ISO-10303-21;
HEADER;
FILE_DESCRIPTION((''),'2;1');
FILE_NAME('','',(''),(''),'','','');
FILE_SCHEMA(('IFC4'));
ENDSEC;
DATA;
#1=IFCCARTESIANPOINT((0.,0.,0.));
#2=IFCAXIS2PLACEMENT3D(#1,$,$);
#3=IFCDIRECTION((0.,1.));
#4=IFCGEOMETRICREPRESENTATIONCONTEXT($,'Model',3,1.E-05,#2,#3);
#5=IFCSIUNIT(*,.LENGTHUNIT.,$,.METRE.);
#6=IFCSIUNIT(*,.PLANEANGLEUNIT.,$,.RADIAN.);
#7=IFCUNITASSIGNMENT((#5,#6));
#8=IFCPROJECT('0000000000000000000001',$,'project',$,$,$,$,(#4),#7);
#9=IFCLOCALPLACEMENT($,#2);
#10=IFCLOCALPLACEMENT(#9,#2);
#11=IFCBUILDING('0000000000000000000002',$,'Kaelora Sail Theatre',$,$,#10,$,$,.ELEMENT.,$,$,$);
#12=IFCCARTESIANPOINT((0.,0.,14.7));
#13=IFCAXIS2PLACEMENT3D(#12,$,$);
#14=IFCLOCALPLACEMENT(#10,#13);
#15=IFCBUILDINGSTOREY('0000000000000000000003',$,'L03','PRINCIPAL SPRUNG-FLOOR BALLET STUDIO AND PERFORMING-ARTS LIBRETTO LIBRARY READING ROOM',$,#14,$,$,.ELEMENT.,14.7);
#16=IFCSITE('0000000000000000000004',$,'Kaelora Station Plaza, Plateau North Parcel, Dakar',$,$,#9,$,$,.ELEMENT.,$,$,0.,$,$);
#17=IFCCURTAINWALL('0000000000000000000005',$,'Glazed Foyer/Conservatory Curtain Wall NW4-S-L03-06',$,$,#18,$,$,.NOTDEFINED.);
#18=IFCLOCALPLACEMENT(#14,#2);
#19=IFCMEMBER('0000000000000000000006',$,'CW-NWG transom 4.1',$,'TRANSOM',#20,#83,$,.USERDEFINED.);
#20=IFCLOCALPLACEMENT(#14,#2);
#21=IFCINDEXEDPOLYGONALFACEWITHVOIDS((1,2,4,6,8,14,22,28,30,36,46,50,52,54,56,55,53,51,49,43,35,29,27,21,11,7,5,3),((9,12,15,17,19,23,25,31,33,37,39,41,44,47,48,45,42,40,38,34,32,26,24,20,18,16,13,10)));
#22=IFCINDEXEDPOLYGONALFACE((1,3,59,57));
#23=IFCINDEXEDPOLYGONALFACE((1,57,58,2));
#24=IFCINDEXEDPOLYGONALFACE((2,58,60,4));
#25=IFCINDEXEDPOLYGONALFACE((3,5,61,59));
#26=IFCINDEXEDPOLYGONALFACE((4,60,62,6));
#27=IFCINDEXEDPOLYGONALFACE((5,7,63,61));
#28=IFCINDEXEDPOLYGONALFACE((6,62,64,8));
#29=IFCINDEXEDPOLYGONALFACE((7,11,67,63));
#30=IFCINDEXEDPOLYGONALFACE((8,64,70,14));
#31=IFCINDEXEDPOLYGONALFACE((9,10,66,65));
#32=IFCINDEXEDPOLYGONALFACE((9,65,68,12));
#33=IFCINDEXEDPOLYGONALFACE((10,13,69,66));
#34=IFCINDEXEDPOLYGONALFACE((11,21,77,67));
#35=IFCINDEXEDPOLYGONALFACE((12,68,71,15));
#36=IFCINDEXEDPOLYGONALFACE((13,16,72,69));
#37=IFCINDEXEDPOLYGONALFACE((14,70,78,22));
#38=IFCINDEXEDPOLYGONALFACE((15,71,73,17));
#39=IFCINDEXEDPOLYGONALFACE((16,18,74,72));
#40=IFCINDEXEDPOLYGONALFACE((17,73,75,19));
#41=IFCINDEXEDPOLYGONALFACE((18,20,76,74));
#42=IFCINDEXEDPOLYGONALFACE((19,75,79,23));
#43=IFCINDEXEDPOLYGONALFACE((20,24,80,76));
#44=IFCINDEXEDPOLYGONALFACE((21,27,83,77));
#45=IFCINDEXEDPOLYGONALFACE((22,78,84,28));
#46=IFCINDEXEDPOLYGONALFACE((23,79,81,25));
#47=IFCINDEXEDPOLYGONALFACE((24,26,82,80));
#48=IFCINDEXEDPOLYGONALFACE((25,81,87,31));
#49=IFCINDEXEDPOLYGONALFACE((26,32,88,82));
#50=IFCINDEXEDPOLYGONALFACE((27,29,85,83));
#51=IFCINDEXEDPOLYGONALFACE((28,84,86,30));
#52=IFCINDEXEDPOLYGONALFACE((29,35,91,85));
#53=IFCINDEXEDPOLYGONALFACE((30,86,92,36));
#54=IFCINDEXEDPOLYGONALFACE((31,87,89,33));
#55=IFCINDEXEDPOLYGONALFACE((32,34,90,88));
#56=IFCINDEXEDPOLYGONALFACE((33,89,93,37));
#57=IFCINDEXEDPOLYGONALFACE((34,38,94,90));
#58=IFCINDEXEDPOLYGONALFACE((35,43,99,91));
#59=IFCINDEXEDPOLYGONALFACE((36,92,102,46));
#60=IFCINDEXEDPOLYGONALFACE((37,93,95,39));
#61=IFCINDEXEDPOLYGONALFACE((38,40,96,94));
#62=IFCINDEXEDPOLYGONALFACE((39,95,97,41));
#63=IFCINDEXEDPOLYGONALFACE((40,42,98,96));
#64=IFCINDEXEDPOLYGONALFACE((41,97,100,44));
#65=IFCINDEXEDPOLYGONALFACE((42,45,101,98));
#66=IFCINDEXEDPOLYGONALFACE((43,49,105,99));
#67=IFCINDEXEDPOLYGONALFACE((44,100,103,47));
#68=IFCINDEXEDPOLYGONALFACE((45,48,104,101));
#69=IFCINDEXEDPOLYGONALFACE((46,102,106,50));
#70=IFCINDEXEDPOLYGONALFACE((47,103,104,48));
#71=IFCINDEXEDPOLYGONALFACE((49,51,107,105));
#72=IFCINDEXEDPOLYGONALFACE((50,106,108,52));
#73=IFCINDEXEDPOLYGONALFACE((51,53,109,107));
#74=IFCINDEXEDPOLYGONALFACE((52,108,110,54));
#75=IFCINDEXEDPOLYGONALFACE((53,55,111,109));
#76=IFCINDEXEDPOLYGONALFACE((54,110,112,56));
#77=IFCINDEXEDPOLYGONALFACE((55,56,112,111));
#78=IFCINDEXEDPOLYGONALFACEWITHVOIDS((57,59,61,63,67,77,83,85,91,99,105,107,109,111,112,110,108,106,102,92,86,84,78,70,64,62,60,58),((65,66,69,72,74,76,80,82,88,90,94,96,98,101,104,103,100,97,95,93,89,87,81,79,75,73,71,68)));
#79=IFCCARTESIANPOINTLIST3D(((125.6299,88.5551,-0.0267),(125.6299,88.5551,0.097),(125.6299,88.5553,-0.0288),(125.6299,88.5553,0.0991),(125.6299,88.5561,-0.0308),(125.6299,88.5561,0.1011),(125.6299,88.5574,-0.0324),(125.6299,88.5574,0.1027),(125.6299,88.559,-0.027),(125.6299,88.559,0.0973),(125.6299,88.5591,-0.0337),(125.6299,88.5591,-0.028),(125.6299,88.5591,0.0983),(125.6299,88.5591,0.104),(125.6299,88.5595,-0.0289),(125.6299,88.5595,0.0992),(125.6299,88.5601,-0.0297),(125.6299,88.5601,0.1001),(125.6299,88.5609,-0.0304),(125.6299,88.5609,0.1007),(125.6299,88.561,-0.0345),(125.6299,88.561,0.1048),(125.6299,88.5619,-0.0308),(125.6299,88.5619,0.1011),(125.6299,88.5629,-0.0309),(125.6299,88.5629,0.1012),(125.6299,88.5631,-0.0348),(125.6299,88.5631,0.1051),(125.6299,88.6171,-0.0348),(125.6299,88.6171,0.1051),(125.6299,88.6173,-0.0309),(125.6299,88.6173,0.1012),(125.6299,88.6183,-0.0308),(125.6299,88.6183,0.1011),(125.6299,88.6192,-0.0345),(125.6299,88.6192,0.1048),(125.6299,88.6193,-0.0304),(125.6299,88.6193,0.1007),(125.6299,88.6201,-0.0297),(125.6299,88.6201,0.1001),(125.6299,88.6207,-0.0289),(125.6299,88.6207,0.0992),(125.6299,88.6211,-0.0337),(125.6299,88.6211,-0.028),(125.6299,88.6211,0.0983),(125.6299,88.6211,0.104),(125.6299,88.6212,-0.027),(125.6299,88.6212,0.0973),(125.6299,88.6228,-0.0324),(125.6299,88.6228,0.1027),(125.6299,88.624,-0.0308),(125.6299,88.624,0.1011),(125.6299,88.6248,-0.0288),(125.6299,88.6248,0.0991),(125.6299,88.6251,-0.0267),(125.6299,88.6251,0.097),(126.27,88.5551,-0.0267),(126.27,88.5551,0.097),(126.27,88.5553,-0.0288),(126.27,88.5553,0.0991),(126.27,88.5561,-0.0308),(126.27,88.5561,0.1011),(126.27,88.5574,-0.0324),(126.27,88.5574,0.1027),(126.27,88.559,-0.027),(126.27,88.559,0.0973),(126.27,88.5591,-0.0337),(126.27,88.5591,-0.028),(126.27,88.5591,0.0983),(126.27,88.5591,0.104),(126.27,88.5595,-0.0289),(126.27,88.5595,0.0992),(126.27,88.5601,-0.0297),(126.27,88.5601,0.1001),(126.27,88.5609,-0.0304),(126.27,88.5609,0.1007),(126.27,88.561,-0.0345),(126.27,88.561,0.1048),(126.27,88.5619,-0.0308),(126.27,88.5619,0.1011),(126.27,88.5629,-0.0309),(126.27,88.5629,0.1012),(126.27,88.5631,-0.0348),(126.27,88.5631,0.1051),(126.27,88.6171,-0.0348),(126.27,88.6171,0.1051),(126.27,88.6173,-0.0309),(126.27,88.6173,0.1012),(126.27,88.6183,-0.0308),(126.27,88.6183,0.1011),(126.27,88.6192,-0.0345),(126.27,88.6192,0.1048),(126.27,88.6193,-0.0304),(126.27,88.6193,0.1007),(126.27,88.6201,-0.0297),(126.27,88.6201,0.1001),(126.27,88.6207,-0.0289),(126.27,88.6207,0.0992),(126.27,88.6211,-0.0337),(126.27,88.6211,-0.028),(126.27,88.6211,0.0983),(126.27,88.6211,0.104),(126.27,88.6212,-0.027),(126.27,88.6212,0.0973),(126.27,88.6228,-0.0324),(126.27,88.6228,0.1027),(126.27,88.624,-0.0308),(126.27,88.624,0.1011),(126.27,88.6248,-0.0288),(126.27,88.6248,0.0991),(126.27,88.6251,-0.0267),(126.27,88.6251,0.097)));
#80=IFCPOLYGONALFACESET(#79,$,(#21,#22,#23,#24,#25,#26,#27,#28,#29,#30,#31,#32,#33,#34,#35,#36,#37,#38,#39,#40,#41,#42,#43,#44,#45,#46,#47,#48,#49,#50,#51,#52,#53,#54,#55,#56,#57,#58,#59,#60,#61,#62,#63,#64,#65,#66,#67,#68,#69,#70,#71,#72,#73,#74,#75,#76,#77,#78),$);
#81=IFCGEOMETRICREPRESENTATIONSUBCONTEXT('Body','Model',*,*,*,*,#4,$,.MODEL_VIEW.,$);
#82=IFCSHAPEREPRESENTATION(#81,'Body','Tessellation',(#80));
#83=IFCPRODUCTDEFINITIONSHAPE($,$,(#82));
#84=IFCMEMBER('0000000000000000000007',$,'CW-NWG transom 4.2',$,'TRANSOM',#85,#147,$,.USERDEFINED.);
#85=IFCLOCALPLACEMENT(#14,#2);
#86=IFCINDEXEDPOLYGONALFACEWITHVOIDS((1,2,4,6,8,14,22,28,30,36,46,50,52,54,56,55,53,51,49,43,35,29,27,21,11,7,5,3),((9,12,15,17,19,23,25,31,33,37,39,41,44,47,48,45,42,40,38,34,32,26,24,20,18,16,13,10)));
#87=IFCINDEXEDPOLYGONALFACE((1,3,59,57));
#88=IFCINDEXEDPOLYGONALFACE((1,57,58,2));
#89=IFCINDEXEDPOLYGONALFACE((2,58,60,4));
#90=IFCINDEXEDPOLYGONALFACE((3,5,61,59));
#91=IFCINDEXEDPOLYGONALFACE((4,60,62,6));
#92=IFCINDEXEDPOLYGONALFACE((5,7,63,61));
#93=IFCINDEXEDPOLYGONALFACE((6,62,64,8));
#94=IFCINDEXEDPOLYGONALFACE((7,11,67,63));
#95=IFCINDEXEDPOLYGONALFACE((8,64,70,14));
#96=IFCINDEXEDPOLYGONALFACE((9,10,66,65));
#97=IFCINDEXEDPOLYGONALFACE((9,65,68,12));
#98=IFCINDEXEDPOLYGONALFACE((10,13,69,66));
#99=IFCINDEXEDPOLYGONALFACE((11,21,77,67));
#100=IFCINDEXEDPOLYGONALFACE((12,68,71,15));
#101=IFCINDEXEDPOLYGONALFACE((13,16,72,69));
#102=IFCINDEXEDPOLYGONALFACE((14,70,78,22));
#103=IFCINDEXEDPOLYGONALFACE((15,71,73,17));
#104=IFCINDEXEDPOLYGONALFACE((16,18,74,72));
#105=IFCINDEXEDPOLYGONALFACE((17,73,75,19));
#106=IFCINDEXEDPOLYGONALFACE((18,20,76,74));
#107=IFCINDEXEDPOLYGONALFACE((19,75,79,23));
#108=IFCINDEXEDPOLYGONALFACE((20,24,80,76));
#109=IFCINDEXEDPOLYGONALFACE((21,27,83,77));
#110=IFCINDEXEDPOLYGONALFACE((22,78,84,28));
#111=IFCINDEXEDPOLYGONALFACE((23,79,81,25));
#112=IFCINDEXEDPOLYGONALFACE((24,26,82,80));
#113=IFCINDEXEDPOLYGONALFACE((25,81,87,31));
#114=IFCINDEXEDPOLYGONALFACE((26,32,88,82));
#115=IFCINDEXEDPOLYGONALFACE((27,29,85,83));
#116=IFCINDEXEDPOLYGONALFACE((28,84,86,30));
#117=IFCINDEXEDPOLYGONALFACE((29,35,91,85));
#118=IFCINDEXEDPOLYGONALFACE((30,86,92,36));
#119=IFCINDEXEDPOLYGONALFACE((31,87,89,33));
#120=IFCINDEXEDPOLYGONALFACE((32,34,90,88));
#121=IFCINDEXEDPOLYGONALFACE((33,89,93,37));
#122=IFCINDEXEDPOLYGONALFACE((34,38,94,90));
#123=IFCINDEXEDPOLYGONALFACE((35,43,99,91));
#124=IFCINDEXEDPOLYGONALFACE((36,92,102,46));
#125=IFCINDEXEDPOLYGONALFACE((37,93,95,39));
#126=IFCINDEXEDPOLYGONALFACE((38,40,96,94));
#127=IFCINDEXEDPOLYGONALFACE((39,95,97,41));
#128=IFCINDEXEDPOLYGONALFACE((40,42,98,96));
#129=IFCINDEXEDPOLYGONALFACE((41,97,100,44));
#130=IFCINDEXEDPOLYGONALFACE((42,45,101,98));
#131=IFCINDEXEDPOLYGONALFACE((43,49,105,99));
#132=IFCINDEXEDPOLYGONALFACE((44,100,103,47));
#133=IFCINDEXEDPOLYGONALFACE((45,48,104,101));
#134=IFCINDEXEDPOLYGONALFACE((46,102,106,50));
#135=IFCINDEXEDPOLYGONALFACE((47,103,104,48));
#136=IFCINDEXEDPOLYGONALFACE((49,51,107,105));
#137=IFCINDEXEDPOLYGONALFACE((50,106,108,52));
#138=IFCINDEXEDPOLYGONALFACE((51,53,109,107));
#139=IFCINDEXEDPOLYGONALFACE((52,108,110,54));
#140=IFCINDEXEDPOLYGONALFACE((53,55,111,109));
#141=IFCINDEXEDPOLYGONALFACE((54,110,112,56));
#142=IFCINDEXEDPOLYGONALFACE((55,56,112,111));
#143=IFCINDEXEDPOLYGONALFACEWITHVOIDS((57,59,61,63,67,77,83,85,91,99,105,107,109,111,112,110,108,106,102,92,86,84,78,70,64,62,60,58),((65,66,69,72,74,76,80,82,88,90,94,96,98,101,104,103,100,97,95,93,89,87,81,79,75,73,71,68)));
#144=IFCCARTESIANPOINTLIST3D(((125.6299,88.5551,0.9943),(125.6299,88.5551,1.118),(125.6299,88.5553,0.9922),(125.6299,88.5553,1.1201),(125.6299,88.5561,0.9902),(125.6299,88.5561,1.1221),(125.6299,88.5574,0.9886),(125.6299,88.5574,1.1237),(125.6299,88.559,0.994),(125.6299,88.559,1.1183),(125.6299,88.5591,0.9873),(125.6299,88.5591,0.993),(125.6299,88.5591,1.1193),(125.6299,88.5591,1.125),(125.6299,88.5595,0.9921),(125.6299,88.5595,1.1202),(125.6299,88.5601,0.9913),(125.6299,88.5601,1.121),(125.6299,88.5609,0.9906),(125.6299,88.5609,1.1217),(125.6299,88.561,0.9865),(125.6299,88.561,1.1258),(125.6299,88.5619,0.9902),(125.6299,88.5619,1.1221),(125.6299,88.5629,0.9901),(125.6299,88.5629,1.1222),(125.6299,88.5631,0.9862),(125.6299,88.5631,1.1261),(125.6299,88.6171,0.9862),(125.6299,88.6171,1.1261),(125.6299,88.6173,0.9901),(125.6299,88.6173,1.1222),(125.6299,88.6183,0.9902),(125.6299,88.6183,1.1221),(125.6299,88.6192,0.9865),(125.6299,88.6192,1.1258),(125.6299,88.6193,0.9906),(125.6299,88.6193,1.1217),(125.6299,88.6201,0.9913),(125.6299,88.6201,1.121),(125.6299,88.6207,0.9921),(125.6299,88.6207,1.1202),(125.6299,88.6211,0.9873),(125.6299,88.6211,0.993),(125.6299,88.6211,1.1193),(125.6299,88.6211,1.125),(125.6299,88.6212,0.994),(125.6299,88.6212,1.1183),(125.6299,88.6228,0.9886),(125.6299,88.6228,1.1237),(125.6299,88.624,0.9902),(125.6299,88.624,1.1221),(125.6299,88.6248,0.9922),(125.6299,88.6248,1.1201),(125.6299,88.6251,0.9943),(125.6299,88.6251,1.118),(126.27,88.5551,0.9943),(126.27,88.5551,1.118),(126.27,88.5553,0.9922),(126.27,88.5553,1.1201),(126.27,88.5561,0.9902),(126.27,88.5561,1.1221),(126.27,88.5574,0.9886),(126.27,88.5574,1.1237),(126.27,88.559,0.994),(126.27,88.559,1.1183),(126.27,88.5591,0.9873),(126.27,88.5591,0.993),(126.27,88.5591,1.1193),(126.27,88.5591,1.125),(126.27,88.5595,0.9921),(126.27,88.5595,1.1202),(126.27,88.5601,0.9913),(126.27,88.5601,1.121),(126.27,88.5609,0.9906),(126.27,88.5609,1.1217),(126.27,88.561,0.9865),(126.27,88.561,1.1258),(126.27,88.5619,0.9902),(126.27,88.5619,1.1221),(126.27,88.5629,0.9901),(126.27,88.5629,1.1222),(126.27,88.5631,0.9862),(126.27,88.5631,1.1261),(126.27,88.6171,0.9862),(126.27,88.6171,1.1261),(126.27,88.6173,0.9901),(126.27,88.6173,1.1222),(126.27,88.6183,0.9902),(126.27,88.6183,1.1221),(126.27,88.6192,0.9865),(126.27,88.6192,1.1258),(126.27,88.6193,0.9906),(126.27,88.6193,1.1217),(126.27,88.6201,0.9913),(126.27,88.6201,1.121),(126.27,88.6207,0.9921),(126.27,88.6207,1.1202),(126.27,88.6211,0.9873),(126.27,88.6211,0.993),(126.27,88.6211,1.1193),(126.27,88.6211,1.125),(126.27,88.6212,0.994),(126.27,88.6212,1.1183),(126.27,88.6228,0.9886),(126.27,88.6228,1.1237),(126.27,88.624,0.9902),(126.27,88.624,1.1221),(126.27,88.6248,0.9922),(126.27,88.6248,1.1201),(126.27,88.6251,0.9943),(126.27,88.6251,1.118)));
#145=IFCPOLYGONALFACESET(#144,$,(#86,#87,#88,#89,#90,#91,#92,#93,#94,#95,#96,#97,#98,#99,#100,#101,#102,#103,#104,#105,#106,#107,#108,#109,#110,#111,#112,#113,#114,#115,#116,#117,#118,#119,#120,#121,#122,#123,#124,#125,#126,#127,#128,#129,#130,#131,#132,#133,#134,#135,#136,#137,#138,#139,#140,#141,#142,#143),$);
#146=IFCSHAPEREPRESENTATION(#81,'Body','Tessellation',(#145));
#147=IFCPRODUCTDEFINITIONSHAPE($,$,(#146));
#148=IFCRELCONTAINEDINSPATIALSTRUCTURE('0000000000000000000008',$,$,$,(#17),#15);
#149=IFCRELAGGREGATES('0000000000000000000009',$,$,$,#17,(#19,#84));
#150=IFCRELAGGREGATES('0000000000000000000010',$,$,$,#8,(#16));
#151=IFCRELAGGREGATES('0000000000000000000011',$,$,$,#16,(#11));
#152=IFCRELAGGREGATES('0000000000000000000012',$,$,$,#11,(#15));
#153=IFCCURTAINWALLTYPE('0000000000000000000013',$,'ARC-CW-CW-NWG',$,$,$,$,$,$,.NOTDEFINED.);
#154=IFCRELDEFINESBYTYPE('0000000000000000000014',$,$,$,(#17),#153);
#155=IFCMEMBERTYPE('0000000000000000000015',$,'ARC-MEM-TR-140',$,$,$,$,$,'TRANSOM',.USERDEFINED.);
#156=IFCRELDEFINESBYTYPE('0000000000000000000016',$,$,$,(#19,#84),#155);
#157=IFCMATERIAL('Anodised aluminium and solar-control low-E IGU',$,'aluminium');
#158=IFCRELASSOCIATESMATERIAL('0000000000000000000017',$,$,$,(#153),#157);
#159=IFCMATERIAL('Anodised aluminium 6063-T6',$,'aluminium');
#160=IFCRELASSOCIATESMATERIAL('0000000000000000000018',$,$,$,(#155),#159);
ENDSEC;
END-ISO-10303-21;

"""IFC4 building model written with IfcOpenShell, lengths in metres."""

from ifc_helpers import new_model, si_unit, direction, frame, origin, origin_2d, place, context, subcontext, project, spatial, hollow_rectangle, extrude, material, material_profile, profile_set, type_object, element, aggregate, save


model = new_model("IFC4")

# Units and contexts
model_context = context("Model", 3, precision=1e-05, world=origin(), true_north=direction((0.0, 1.0)))
body_context = subcontext(model_context, "Body", "Model", "MODEL_VIEW")
ifc_project = project(units=[si_unit("LENGTHUNIT", "METRE"), si_unit("PLANEANGLEUNIT", "RADIAN")], contexts=[model_context])

# Site, building, storey
site_placement = place(None, origin())
site = spatial("IfcSite", under=ifc_project, at=site_placement, Name="Kaelora Station Plaza, Plateau North Parcel, Dakar", CompositionType="ELEMENT", RefElevation=0.0)
building_placement = place(site_placement, origin())
building = spatial("IfcBuilding", under=site, at=building_placement, Name="Kaelora Sail Theatre", CompositionType="ELEMENT")
storey_placement = place(building_placement, frame((0.0, 0.0, 14.7)))
storey = spatial("IfcBuildingStorey", under=building, at=storey_placement, Name="L03", Description="PRINCIPAL SPRUNG-FLOOR BALLET STUDIO AND PERFORMING-ARTS LIBRETTO LIBRARY READING ROOM", CompositionType="ELEMENT", Elevation=14.7)

# Curtain wall, members
ifc_material_1 = material(Name="Anodised aluminium and solar-control low-E IGU", Category="aluminium")
curtain_wall_type = type_object("IfcCurtainWallType", Name="ARC-CW-CW-NWG", PredefinedType="NOTDEFINED", material=ifc_material_1)
curtain_wall_placement = place(storey_placement, origin())
curtain_wall = element("IfcCurtainWall", 1, at=curtain_wall_placement, inside=storey, type_object=curtain_wall_type, Name="Glazed Foyer/Conservatory Curtain Wall NW4-S-L03-06", PredefinedType="NOTDEFINED")
ifc_material_2 = material(Name="Anodised aluminium 6063-T6", Category="aluminium")
ifc_material_profile_1 = material_profile(ifc_material_2, hollow_rectangle(XDim=0.0701, YDim=0.1399, WallThickness=0.0039, InnerFilletRadius=0.0039, OuterFilletRadius=0.0081, at=origin_2d()), Name="ALU-TRAN 70x140x4")
ifc_profile_set_1 = profile_set([ifc_material_profile_1], Name="Anodised aluminium 6063-T6")
member_type_1 = type_object("IfcMemberType", Name="ARC-MEM-TR-140", ElementType="TRANSOM", PredefinedType="USERDEFINED", material=ifc_profile_set_1)
member_1_placement = place(storey_placement, frame((125.6299, 88.5901, 0.0352), z_axis=(1.0, 0.0, 0.0), x_axis=(0.0, 1.0, 0.0)))
member_1 = element("IfcMember", 2, at=member_1_placement, type_object=member_type_1, Name="CW-NWG transom 4.1", ObjectType="TRANSOM", PredefinedType="USERDEFINED", context=body_context, shape_type="SweptSolid", body=[
    extrude(hollow_rectangle(XDim=0.0701, YDim=0.1399, WallThickness=0.0039, InnerFilletRadius=0.0039, OuterFilletRadius=0.0081, at=origin_2d()), origin(), (0.0, 0.0, 1.0), 0.6401),
])
member_2_placement = place(storey_placement, frame((125.6299, 88.5901, 1.0562), z_axis=(1.0, 0.0, 0.0), x_axis=(0.0, 1.0, 0.0)))
member_2 = element("IfcMember", 3, at=member_2_placement, type_object=member_type_1, Name="CW-NWG transom 4.2", ObjectType="TRANSOM", PredefinedType="USERDEFINED", context=body_context, shape_type="SweptSolid", body=[
    extrude(hollow_rectangle(XDim=0.0701, YDim=0.1399, WallThickness=0.0039, InnerFilletRadius=0.0039, OuterFilletRadius=0.0081, at=origin_2d()), origin(), (0.0, 0.0, 1.0), 0.6401),
])
aggregate(curtain_wall, [member_1, member_2])

save(model, "model.ifc")
